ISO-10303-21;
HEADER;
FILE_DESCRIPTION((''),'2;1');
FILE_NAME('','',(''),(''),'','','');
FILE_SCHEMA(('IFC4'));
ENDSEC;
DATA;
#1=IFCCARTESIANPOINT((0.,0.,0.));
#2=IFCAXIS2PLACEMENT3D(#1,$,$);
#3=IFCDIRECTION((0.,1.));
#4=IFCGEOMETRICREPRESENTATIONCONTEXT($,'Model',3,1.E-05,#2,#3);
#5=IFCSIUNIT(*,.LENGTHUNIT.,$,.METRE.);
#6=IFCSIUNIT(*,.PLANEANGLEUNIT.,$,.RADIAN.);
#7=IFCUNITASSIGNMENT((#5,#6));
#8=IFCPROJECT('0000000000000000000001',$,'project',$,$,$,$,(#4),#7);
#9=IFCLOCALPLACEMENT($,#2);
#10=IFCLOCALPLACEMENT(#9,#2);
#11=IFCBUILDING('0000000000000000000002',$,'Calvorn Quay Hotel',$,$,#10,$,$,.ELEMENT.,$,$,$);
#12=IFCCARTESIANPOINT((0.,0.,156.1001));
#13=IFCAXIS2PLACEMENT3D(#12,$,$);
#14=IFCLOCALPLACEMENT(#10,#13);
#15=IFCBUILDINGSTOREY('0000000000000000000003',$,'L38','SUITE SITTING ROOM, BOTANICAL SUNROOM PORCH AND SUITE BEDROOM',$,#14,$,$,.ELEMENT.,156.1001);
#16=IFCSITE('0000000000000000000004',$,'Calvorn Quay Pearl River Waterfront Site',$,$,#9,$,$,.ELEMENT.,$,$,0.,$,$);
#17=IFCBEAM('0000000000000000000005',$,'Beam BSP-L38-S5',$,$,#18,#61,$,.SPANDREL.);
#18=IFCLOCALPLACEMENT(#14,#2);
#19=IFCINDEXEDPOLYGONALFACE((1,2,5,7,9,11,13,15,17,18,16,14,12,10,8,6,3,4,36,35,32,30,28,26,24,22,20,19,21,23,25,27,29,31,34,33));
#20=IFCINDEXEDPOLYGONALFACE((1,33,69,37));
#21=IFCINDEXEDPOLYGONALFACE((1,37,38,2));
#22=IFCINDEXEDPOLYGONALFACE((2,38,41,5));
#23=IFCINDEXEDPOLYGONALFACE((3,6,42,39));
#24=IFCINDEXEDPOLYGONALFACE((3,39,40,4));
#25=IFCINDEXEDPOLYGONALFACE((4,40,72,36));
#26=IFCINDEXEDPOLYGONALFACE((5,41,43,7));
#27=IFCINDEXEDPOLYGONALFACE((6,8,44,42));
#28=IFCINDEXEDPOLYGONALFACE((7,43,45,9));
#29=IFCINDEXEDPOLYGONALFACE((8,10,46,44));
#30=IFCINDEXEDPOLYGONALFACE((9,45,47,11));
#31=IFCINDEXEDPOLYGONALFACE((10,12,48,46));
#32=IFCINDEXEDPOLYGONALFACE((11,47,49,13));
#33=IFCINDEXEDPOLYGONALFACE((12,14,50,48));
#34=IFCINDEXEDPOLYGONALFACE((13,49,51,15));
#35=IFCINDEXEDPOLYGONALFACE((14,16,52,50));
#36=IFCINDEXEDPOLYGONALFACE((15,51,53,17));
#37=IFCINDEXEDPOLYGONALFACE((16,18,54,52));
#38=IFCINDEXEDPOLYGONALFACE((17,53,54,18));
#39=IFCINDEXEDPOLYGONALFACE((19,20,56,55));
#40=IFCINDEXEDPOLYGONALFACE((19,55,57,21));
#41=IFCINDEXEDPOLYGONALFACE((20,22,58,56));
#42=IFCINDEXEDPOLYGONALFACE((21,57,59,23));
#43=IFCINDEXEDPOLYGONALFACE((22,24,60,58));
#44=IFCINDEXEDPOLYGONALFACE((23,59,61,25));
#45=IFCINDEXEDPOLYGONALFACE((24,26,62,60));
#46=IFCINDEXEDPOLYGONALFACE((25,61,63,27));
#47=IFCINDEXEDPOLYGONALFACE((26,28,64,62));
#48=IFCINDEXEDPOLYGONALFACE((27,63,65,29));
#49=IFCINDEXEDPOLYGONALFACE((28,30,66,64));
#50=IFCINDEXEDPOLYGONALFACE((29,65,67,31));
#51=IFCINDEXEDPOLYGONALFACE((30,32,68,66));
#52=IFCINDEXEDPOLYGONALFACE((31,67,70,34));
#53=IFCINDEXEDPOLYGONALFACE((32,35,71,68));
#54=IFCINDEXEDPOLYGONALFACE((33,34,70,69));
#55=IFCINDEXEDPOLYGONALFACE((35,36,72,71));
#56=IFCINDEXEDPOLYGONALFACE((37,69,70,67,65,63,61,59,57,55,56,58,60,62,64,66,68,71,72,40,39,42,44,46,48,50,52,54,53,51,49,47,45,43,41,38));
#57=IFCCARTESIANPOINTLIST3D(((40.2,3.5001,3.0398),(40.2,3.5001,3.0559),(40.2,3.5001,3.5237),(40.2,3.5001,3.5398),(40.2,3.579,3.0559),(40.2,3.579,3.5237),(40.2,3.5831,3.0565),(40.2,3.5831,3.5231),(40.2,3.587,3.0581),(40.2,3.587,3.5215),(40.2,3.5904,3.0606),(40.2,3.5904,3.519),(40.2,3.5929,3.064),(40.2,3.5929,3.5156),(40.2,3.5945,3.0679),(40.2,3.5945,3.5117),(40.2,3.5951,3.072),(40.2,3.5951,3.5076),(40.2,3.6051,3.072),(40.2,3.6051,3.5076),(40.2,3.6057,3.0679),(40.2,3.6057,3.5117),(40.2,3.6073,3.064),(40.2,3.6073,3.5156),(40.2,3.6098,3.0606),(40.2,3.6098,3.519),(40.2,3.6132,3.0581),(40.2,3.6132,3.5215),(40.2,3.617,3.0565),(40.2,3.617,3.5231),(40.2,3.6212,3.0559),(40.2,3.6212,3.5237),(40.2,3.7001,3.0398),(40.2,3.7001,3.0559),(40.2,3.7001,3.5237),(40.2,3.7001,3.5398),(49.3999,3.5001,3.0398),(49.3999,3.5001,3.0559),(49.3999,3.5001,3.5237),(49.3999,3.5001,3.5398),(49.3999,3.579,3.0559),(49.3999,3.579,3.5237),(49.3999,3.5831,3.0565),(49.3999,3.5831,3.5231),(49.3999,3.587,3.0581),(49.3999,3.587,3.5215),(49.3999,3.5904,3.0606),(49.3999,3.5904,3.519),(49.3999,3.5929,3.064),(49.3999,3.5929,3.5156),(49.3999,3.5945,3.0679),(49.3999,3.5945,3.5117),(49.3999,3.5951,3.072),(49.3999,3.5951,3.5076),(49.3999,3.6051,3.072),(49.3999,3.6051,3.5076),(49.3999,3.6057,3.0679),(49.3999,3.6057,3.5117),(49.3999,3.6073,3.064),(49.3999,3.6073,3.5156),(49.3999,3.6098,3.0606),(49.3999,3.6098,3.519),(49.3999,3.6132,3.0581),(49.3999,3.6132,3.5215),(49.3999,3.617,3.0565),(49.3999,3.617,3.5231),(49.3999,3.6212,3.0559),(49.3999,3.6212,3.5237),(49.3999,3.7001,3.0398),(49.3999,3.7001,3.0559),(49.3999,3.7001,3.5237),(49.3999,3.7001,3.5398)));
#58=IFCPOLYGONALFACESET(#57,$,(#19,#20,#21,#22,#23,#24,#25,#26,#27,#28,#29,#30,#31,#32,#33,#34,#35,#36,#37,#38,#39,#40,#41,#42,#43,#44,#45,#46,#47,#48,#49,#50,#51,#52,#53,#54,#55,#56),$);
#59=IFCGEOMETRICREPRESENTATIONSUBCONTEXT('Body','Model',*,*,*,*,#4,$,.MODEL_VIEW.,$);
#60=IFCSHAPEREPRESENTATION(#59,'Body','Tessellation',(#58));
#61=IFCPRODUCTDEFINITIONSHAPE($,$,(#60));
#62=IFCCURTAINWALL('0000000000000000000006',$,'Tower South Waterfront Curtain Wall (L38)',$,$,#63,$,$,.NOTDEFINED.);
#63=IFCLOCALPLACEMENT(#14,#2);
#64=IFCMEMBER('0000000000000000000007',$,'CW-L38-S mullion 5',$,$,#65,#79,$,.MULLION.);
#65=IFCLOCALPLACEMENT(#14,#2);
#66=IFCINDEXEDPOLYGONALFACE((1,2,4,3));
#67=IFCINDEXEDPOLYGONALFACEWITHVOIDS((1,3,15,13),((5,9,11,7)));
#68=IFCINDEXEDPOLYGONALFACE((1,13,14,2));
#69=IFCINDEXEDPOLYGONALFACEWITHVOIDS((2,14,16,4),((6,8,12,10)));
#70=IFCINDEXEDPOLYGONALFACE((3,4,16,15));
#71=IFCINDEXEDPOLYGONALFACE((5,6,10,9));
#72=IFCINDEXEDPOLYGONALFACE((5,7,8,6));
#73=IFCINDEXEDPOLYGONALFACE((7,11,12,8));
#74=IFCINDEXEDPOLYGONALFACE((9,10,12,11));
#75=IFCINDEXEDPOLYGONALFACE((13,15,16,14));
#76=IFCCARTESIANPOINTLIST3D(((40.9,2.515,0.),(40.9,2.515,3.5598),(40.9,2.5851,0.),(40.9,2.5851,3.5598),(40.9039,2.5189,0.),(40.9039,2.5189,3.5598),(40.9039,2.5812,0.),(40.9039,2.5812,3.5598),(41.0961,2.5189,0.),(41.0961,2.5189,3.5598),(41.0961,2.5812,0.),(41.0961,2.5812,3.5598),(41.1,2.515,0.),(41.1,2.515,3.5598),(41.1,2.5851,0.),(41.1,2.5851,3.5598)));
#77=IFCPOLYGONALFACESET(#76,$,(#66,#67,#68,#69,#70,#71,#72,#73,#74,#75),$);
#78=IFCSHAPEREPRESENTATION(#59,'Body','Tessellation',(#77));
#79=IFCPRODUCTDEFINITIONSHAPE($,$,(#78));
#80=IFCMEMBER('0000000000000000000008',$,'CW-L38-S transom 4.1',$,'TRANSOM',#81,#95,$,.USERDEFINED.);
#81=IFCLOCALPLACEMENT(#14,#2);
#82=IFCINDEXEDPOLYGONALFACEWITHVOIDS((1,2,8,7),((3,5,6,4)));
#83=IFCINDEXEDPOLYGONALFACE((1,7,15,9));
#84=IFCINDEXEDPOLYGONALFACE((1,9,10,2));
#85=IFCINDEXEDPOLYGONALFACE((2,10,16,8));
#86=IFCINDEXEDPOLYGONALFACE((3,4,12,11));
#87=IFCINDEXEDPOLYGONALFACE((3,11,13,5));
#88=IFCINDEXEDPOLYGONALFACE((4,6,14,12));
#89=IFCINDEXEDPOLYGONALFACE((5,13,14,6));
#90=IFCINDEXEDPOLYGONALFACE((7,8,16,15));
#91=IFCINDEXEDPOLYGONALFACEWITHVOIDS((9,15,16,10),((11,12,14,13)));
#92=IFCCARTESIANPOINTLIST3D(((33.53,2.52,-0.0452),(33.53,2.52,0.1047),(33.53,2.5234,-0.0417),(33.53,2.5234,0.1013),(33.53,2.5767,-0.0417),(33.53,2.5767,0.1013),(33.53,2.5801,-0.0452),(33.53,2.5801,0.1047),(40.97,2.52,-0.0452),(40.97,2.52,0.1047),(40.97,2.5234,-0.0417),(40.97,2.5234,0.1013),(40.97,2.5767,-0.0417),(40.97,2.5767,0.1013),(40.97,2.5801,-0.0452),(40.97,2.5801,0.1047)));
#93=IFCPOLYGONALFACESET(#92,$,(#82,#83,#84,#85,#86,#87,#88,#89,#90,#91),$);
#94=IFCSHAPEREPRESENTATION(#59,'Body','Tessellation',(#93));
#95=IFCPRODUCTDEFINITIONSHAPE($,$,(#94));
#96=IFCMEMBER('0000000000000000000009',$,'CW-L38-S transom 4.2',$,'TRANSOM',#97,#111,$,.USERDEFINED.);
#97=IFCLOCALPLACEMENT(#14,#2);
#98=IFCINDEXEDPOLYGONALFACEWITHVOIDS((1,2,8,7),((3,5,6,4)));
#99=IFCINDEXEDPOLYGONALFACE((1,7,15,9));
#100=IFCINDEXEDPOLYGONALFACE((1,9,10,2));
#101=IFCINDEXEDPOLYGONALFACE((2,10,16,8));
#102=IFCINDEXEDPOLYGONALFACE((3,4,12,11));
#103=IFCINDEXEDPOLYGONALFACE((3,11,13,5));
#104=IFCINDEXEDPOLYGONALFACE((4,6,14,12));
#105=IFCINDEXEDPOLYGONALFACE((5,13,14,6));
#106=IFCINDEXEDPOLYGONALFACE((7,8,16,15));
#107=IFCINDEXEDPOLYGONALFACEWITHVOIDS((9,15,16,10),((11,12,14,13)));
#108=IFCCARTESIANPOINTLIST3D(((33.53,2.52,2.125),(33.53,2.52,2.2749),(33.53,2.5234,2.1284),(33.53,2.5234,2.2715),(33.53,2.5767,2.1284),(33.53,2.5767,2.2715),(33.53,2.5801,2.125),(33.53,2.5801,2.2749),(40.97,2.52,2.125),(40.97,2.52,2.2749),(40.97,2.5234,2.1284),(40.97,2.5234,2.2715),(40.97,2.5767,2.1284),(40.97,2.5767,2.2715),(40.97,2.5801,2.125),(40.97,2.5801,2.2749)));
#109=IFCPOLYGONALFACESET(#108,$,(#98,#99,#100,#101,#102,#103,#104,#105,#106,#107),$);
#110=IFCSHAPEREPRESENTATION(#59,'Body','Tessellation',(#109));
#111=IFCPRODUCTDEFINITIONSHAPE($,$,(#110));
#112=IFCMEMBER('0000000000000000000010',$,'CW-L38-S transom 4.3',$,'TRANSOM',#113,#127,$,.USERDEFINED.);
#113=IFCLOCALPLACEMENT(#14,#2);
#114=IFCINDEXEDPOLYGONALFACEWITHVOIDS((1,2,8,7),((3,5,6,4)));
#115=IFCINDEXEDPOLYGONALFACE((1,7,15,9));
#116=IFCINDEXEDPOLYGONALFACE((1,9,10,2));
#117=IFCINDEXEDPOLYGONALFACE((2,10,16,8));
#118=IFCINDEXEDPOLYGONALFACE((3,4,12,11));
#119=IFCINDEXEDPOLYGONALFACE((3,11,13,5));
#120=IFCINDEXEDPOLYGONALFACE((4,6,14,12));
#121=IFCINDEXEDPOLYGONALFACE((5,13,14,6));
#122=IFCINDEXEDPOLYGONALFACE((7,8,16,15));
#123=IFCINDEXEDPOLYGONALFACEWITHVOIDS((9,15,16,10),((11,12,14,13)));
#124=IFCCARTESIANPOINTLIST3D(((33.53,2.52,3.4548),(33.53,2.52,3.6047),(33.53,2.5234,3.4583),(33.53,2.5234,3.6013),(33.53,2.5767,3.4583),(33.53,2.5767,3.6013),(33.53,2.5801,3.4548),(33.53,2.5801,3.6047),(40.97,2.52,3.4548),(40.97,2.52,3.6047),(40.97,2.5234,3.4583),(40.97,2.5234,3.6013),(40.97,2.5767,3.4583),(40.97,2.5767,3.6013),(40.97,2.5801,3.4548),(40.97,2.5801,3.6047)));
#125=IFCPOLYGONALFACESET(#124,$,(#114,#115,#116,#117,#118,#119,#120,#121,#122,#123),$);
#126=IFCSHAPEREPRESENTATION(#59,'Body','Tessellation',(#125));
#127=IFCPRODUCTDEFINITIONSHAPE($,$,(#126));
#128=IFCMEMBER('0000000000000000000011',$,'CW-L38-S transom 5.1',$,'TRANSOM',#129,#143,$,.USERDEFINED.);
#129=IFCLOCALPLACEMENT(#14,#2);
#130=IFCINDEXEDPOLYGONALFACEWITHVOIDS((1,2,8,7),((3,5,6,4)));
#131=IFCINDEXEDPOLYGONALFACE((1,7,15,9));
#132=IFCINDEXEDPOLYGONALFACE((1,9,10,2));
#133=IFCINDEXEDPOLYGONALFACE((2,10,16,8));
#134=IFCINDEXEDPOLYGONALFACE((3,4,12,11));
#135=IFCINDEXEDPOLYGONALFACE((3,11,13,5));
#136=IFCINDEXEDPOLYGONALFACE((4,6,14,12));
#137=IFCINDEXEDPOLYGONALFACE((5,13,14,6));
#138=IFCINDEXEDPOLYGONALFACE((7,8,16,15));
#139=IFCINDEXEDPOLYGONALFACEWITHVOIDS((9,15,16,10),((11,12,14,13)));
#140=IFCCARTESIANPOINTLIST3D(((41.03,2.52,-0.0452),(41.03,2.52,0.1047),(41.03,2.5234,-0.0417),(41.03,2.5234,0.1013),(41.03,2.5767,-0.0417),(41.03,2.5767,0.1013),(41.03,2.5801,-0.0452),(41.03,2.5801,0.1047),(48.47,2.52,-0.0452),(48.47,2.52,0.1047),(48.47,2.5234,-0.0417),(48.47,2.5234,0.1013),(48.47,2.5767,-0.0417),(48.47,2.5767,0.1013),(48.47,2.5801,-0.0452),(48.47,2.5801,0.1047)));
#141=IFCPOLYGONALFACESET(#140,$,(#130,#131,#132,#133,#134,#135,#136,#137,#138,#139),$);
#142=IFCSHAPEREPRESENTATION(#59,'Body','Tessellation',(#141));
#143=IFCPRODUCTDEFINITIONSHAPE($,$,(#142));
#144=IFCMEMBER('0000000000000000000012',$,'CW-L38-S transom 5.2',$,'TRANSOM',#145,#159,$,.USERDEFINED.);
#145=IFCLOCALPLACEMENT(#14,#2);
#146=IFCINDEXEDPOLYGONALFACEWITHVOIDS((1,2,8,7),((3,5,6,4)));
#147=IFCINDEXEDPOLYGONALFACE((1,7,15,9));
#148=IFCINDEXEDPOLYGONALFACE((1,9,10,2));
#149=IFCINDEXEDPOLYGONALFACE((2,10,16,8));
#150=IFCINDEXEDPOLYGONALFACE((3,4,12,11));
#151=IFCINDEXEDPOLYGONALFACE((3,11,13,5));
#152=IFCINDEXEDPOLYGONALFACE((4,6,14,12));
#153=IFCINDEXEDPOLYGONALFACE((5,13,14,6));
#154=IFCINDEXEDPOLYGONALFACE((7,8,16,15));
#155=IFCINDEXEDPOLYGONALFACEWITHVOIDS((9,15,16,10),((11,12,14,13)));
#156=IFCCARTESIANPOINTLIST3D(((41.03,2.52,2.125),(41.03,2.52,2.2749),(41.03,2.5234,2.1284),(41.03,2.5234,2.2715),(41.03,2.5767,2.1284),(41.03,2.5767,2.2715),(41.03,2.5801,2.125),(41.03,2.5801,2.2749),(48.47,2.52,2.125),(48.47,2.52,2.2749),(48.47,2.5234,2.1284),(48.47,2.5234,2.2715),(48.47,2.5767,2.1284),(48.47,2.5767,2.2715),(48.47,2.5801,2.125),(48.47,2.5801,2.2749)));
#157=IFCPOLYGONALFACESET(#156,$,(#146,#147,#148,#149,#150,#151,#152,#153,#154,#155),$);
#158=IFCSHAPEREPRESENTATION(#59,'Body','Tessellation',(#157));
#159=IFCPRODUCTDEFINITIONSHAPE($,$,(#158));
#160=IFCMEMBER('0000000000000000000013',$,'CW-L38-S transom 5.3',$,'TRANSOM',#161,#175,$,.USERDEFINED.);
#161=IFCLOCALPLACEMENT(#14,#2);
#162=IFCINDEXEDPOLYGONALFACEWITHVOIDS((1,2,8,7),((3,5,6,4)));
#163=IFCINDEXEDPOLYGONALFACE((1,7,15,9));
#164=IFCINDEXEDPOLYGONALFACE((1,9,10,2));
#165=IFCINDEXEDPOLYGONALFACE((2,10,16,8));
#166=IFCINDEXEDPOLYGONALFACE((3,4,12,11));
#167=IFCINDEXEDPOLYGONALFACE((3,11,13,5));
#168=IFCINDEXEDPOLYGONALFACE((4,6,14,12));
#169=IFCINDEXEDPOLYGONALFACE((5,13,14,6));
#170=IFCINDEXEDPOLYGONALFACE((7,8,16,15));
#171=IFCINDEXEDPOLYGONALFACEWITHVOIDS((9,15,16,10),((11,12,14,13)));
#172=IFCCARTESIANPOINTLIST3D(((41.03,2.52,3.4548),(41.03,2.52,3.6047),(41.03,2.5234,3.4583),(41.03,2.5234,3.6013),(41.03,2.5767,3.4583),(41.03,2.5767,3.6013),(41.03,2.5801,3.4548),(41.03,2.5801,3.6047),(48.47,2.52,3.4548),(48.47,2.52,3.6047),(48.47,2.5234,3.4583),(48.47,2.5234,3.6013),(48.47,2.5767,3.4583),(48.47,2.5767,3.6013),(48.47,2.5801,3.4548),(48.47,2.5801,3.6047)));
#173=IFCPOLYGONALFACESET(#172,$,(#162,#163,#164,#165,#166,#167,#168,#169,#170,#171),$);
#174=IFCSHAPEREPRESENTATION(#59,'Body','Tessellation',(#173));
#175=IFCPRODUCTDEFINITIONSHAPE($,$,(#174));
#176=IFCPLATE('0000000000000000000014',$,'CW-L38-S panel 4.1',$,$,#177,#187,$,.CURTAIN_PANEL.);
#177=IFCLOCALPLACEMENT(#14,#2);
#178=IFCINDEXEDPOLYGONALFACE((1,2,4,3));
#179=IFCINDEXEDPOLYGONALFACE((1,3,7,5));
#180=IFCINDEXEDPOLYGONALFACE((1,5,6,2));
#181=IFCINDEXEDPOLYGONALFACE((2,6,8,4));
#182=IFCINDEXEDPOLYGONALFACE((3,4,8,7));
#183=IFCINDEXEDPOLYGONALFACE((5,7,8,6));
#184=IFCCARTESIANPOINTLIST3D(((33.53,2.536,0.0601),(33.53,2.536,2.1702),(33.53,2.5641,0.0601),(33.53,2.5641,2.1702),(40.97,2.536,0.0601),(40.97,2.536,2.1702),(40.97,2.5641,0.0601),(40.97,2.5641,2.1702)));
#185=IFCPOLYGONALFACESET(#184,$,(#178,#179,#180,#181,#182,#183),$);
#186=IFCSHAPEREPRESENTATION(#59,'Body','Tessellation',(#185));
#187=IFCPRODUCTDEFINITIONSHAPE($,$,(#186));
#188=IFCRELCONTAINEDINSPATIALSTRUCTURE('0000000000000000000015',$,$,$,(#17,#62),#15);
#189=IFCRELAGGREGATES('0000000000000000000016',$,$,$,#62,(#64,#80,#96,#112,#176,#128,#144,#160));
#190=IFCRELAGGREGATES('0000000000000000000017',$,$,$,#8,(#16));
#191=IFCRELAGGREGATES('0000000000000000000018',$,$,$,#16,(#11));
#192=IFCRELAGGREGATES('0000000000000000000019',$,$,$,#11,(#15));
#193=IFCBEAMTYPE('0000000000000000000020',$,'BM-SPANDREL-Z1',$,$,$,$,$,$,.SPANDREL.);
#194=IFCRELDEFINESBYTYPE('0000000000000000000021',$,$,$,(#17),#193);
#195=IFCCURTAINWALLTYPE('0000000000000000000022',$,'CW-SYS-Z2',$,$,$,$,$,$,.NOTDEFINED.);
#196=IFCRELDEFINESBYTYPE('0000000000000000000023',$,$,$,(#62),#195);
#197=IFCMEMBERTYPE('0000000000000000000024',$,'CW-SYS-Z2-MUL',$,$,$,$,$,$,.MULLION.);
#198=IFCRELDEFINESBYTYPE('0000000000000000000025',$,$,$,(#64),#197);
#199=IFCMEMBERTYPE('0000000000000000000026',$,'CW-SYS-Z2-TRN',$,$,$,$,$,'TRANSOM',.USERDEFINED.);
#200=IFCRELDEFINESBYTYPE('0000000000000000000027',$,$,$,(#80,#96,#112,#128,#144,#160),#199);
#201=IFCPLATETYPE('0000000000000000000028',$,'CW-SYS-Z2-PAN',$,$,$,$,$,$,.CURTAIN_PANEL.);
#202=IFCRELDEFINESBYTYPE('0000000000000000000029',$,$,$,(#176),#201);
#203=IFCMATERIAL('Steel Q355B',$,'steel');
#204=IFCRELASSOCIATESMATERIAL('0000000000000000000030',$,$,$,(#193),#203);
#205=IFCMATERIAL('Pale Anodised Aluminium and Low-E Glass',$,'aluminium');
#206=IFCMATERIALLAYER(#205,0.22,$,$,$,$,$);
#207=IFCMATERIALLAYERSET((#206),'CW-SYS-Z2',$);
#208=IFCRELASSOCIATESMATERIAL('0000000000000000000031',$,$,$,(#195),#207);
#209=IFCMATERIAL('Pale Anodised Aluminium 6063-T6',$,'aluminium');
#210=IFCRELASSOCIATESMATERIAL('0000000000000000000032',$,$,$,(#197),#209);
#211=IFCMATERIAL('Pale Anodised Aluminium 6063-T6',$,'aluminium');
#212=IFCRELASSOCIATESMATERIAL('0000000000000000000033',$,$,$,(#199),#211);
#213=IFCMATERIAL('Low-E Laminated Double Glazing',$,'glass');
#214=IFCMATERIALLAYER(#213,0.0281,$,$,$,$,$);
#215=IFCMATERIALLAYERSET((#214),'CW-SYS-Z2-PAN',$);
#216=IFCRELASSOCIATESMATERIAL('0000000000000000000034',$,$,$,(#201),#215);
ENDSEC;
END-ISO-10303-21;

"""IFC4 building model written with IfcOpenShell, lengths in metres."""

from ifc_helpers import new_model, si_unit, direction, frame, origin, origin_2d, place, context, subcontext, project, spatial, rectangle, hollow_rectangle, i_section, extrude, material, layer, layer_set, material_profile, profile_set, type_object, element, aggregate, save


model = new_model("IFC4")

# Units and contexts
model_context = context("Model", 3, precision=1e-05, world=origin(), true_north=direction((0.0, 1.0)))
body_context = subcontext(model_context, "Body", "Model", "MODEL_VIEW")
ifc_project = project(units=[si_unit("LENGTHUNIT", "METRE"), si_unit("PLANEANGLEUNIT", "RADIAN")], contexts=[model_context])

# Site, building, storey
site_placement = place(None, origin())
site = spatial("IfcSite", under=ifc_project, at=site_placement, Name="Calvorn Quay Pearl River Waterfront Site", CompositionType="ELEMENT", RefElevation=0.0)
building_placement = place(site_placement, origin())
building = spatial("IfcBuilding", under=site, at=building_placement, Name="Calvorn Quay Hotel", CompositionType="ELEMENT")
storey_placement = place(building_placement, frame((0.0, 0.0, 156.1001)))
storey = spatial("IfcBuildingStorey", under=building, at=storey_placement, Name="L38", Description="SUITE SITTING ROOM, BOTANICAL SUNROOM PORCH AND SUITE BEDROOM", CompositionType="ELEMENT", Elevation=156.1001)

# Beam
ifc_material_1 = material(Name="Steel Q355B", Category="steel")
ifc_material_profile_1 = material_profile(ifc_material_1, i_section(OverallWidth=0.2, OverallDepth=0.5, WebThickness=0.01, FlangeThickness=0.0161, FilletRadius=0.0161, at=origin_2d()), Name="HN500x200x10x16")
ifc_profile_set_1 = profile_set([ifc_material_profile_1], Name="Steel Q355B")
beam_type_1 = type_object("IfcBeamType", Name="BM-SPANDREL-Z1", PredefinedType="SPANDREL", material=ifc_profile_set_1)
beam_1_placement = place(storey_placement, frame((40.2, 3.6001, 3.2898), z_axis=(1.0, 0.0, 0.0), x_axis=(0.0, 1.0, 0.0)))
element("IfcBeam", 1, at=beam_1_placement, inside=storey, type_object=beam_type_1, Name="Beam BSP-L38-S5", PredefinedType="SPANDREL", context=body_context, shape_type="SweptSolid", body=[
    extrude(i_section(OverallWidth=0.2, OverallDepth=0.5, WebThickness=0.01, FlangeThickness=0.0161, FilletRadius=0.0161, at=origin_2d()), origin(), (0.0, 0.0, 1.0), 9.2),
])

# Curtain wall, members, plate
ifc_material_2 = material(Name="Pale Anodised Aluminium and Low-E Glass", Category="aluminium")
ifc_layer_1 = layer(ifc_material_2, 0.22)
ifc_layer_set_1 = layer_set([ifc_layer_1], Name="CW-SYS-Z2")
curtain_wall_type = type_object("IfcCurtainWallType", Name="CW-SYS-Z2", PredefinedType="NOTDEFINED", material=ifc_layer_set_1)
curtain_wall_placement = place(storey_placement, origin())
curtain_wall = element("IfcCurtainWall", 2, at=curtain_wall_placement, inside=storey, type_object=curtain_wall_type, Name="Tower South Waterfront Curtain Wall (L38)", PredefinedType="NOTDEFINED")
ifc_material_3 = material(Name="Pale Anodised Aluminium 6063-T6", Category="aluminium")
ifc_material_profile_2 = material_profile(ifc_material_3, hollow_rectangle(XDim=0.0701, YDim=0.2, WallThickness=0.0039, at=origin_2d()), Name="ALU-M200x70x4")
ifc_profile_set_2 = profile_set([ifc_material_profile_2], Name="Pale Anodised Aluminium 6063-T6")
member_type_1 = type_object("IfcMemberType", Name="CW-SYS-Z2-MUL", PredefinedType="MULLION", material=ifc_profile_set_2)
member_1_placement = place(storey_placement, frame((41.0, 2.55, 0.0), z_axis=(0.0, 0.0, 1.0), x_axis=(0.0, 1.0, 0.0)))
member_1 = element("IfcMember", 3, at=member_1_placement, type_object=member_type_1, Name="CW-L38-S mullion 5", PredefinedType="MULLION", context=body_context, shape_type="SweptSolid", body=[
    extrude(hollow_rectangle(XDim=0.0701, YDim=0.2, WallThickness=0.0039, at=origin_2d()), origin(), (0.0, 0.0, 1.0), 3.5598),
])
ifc_material_4 = material(Name="Pale Anodised Aluminium 6063-T6", Category="aluminium")
ifc_material_profile_3 = material_profile(ifc_material_4, hollow_rectangle(XDim=0.0601, YDim=0.1499, WallThickness=0.0034, at=origin_2d()), Name="ALU-T150x60x3.5")
ifc_profile_set_3 = profile_set([ifc_material_profile_3], Name="Pale Anodised Aluminium 6063-T6")
member_type_2 = type_object("IfcMemberType", Name="CW-SYS-Z2-TRN", ElementType="TRANSOM", PredefinedType="USERDEFINED", material=ifc_profile_set_3)
member_2_placement = place(storey_placement, frame((33.53, 2.55, 0.0298), z_axis=(1.0, 0.0, 0.0), x_axis=(0.0, 1.0, 0.0)))
member_2 = element("IfcMember", 4, at=member_2_placement, type_object=member_type_2, Name="CW-L38-S transom 4.1", ObjectType="TRANSOM", PredefinedType="USERDEFINED", context=body_context, shape_type="SweptSolid", body=[
    extrude(hollow_rectangle(XDim=0.0601, YDim=0.1499, WallThickness=0.0034, at=origin_2d()), origin(), (0.0, 0.0, 1.0), 7.4399),
])
member_3_placement = place(storey_placement, frame((33.53, 2.55, 2.2), z_axis=(1.0, 0.0, 0.0), x_axis=(0.0, 1.0, 0.0)))
member_3 = element("IfcMember", 5, at=member_3_placement, type_object=member_type_2, Name="CW-L38-S transom 4.2", ObjectType="TRANSOM", PredefinedType="USERDEFINED", context=body_context, shape_type="SweptSolid", body=[
    extrude(hollow_rectangle(XDim=0.0601, YDim=0.1499, WallThickness=0.0034, at=origin_2d()), origin(), (0.0, 0.0, 1.0), 7.4399),
])
member_4_placement = place(storey_placement, frame((33.53, 2.55, 3.5298), z_axis=(1.0, 0.0, 0.0), x_axis=(0.0, 1.0, 0.0)))
member_4 = element("IfcMember", 6, at=member_4_placement, type_object=member_type_2, Name="CW-L38-S transom 4.3", ObjectType="TRANSOM", PredefinedType="USERDEFINED", context=body_context, shape_type="SweptSolid", body=[
    extrude(hollow_rectangle(XDim=0.0601, YDim=0.1499, WallThickness=0.0034, at=origin_2d()), origin(), (0.0, 0.0, 1.0), 7.4399),
])
member_5_placement = place(storey_placement, frame((41.03, 2.55, 0.0298), z_axis=(1.0, 0.0, 0.0), x_axis=(0.0, 1.0, 0.0)))
member_5 = element("IfcMember", 7, at=member_5_placement, type_object=member_type_2, Name="CW-L38-S transom 5.1", ObjectType="TRANSOM", PredefinedType="USERDEFINED", context=body_context, shape_type="SweptSolid", body=[
    extrude(hollow_rectangle(XDim=0.0601, YDim=0.1499, WallThickness=0.0034, at=origin_2d()), origin(), (0.0, 0.0, 1.0), 7.4399),
])
member_6_placement = place(storey_placement, frame((41.03, 2.55, 2.2), z_axis=(1.0, 0.0, 0.0), x_axis=(0.0, 1.0, 0.0)))
member_6 = element("IfcMember", 8, at=member_6_placement, type_object=member_type_2, Name="CW-L38-S transom 5.2", ObjectType="TRANSOM", PredefinedType="USERDEFINED", context=body_context, shape_type="SweptSolid", body=[
    extrude(hollow_rectangle(XDim=0.0601, YDim=0.1499, WallThickness=0.0034, at=origin_2d()), origin(), (0.0, 0.0, 1.0), 7.4399),
])
member_7_placement = place(storey_placement, frame((41.03, 2.55, 3.5298), z_axis=(1.0, 0.0, 0.0), x_axis=(0.0, 1.0, 0.0)))
member_7 = element("IfcMember", 9, at=member_7_placement, type_object=member_type_2, Name="CW-L38-S transom 5.3", ObjectType="TRANSOM", PredefinedType="USERDEFINED", context=body_context, shape_type="SweptSolid", body=[
    extrude(hollow_rectangle(XDim=0.0601, YDim=0.1499, WallThickness=0.0034, at=origin_2d()), origin(), (0.0, 0.0, 1.0), 7.4399),
])
ifc_material_5 = material(Name="Low-E Laminated Double Glazing", Category="glass")
ifc_layer_2 = layer(ifc_material_5, 0.0281)
ifc_layer_set_2 = layer_set([ifc_layer_2], Name="CW-SYS-Z2-PAN")
plate_type = type_object("IfcPlateType", Name="CW-SYS-Z2-PAN", PredefinedType="CURTAIN_PANEL", material=ifc_layer_set_2)
plate_1_placement = place(storey_placement, frame((37.25, 2.55, 0.0601), z_axis=(0.0, 0.0, 1.0), x_axis=(1.0, 0.0, 0.0)))
plate_1 = element("IfcPlate", 10, at=plate_1_placement, type_object=plate_type, Name="CW-L38-S panel 4.1", PredefinedType="CURTAIN_PANEL", context=body_context, shape_type="SweptSolid", body=[
    extrude(rectangle(XDim=7.4399, YDim=0.0281, at=origin_2d()), origin(), (0.0, 0.0, 1.0), 2.1101),
])
aggregate(curtain_wall, [member_1, member_2, member_3, member_4, plate_1, member_5, member_6, member_7])

save(model, "model.ifc")
